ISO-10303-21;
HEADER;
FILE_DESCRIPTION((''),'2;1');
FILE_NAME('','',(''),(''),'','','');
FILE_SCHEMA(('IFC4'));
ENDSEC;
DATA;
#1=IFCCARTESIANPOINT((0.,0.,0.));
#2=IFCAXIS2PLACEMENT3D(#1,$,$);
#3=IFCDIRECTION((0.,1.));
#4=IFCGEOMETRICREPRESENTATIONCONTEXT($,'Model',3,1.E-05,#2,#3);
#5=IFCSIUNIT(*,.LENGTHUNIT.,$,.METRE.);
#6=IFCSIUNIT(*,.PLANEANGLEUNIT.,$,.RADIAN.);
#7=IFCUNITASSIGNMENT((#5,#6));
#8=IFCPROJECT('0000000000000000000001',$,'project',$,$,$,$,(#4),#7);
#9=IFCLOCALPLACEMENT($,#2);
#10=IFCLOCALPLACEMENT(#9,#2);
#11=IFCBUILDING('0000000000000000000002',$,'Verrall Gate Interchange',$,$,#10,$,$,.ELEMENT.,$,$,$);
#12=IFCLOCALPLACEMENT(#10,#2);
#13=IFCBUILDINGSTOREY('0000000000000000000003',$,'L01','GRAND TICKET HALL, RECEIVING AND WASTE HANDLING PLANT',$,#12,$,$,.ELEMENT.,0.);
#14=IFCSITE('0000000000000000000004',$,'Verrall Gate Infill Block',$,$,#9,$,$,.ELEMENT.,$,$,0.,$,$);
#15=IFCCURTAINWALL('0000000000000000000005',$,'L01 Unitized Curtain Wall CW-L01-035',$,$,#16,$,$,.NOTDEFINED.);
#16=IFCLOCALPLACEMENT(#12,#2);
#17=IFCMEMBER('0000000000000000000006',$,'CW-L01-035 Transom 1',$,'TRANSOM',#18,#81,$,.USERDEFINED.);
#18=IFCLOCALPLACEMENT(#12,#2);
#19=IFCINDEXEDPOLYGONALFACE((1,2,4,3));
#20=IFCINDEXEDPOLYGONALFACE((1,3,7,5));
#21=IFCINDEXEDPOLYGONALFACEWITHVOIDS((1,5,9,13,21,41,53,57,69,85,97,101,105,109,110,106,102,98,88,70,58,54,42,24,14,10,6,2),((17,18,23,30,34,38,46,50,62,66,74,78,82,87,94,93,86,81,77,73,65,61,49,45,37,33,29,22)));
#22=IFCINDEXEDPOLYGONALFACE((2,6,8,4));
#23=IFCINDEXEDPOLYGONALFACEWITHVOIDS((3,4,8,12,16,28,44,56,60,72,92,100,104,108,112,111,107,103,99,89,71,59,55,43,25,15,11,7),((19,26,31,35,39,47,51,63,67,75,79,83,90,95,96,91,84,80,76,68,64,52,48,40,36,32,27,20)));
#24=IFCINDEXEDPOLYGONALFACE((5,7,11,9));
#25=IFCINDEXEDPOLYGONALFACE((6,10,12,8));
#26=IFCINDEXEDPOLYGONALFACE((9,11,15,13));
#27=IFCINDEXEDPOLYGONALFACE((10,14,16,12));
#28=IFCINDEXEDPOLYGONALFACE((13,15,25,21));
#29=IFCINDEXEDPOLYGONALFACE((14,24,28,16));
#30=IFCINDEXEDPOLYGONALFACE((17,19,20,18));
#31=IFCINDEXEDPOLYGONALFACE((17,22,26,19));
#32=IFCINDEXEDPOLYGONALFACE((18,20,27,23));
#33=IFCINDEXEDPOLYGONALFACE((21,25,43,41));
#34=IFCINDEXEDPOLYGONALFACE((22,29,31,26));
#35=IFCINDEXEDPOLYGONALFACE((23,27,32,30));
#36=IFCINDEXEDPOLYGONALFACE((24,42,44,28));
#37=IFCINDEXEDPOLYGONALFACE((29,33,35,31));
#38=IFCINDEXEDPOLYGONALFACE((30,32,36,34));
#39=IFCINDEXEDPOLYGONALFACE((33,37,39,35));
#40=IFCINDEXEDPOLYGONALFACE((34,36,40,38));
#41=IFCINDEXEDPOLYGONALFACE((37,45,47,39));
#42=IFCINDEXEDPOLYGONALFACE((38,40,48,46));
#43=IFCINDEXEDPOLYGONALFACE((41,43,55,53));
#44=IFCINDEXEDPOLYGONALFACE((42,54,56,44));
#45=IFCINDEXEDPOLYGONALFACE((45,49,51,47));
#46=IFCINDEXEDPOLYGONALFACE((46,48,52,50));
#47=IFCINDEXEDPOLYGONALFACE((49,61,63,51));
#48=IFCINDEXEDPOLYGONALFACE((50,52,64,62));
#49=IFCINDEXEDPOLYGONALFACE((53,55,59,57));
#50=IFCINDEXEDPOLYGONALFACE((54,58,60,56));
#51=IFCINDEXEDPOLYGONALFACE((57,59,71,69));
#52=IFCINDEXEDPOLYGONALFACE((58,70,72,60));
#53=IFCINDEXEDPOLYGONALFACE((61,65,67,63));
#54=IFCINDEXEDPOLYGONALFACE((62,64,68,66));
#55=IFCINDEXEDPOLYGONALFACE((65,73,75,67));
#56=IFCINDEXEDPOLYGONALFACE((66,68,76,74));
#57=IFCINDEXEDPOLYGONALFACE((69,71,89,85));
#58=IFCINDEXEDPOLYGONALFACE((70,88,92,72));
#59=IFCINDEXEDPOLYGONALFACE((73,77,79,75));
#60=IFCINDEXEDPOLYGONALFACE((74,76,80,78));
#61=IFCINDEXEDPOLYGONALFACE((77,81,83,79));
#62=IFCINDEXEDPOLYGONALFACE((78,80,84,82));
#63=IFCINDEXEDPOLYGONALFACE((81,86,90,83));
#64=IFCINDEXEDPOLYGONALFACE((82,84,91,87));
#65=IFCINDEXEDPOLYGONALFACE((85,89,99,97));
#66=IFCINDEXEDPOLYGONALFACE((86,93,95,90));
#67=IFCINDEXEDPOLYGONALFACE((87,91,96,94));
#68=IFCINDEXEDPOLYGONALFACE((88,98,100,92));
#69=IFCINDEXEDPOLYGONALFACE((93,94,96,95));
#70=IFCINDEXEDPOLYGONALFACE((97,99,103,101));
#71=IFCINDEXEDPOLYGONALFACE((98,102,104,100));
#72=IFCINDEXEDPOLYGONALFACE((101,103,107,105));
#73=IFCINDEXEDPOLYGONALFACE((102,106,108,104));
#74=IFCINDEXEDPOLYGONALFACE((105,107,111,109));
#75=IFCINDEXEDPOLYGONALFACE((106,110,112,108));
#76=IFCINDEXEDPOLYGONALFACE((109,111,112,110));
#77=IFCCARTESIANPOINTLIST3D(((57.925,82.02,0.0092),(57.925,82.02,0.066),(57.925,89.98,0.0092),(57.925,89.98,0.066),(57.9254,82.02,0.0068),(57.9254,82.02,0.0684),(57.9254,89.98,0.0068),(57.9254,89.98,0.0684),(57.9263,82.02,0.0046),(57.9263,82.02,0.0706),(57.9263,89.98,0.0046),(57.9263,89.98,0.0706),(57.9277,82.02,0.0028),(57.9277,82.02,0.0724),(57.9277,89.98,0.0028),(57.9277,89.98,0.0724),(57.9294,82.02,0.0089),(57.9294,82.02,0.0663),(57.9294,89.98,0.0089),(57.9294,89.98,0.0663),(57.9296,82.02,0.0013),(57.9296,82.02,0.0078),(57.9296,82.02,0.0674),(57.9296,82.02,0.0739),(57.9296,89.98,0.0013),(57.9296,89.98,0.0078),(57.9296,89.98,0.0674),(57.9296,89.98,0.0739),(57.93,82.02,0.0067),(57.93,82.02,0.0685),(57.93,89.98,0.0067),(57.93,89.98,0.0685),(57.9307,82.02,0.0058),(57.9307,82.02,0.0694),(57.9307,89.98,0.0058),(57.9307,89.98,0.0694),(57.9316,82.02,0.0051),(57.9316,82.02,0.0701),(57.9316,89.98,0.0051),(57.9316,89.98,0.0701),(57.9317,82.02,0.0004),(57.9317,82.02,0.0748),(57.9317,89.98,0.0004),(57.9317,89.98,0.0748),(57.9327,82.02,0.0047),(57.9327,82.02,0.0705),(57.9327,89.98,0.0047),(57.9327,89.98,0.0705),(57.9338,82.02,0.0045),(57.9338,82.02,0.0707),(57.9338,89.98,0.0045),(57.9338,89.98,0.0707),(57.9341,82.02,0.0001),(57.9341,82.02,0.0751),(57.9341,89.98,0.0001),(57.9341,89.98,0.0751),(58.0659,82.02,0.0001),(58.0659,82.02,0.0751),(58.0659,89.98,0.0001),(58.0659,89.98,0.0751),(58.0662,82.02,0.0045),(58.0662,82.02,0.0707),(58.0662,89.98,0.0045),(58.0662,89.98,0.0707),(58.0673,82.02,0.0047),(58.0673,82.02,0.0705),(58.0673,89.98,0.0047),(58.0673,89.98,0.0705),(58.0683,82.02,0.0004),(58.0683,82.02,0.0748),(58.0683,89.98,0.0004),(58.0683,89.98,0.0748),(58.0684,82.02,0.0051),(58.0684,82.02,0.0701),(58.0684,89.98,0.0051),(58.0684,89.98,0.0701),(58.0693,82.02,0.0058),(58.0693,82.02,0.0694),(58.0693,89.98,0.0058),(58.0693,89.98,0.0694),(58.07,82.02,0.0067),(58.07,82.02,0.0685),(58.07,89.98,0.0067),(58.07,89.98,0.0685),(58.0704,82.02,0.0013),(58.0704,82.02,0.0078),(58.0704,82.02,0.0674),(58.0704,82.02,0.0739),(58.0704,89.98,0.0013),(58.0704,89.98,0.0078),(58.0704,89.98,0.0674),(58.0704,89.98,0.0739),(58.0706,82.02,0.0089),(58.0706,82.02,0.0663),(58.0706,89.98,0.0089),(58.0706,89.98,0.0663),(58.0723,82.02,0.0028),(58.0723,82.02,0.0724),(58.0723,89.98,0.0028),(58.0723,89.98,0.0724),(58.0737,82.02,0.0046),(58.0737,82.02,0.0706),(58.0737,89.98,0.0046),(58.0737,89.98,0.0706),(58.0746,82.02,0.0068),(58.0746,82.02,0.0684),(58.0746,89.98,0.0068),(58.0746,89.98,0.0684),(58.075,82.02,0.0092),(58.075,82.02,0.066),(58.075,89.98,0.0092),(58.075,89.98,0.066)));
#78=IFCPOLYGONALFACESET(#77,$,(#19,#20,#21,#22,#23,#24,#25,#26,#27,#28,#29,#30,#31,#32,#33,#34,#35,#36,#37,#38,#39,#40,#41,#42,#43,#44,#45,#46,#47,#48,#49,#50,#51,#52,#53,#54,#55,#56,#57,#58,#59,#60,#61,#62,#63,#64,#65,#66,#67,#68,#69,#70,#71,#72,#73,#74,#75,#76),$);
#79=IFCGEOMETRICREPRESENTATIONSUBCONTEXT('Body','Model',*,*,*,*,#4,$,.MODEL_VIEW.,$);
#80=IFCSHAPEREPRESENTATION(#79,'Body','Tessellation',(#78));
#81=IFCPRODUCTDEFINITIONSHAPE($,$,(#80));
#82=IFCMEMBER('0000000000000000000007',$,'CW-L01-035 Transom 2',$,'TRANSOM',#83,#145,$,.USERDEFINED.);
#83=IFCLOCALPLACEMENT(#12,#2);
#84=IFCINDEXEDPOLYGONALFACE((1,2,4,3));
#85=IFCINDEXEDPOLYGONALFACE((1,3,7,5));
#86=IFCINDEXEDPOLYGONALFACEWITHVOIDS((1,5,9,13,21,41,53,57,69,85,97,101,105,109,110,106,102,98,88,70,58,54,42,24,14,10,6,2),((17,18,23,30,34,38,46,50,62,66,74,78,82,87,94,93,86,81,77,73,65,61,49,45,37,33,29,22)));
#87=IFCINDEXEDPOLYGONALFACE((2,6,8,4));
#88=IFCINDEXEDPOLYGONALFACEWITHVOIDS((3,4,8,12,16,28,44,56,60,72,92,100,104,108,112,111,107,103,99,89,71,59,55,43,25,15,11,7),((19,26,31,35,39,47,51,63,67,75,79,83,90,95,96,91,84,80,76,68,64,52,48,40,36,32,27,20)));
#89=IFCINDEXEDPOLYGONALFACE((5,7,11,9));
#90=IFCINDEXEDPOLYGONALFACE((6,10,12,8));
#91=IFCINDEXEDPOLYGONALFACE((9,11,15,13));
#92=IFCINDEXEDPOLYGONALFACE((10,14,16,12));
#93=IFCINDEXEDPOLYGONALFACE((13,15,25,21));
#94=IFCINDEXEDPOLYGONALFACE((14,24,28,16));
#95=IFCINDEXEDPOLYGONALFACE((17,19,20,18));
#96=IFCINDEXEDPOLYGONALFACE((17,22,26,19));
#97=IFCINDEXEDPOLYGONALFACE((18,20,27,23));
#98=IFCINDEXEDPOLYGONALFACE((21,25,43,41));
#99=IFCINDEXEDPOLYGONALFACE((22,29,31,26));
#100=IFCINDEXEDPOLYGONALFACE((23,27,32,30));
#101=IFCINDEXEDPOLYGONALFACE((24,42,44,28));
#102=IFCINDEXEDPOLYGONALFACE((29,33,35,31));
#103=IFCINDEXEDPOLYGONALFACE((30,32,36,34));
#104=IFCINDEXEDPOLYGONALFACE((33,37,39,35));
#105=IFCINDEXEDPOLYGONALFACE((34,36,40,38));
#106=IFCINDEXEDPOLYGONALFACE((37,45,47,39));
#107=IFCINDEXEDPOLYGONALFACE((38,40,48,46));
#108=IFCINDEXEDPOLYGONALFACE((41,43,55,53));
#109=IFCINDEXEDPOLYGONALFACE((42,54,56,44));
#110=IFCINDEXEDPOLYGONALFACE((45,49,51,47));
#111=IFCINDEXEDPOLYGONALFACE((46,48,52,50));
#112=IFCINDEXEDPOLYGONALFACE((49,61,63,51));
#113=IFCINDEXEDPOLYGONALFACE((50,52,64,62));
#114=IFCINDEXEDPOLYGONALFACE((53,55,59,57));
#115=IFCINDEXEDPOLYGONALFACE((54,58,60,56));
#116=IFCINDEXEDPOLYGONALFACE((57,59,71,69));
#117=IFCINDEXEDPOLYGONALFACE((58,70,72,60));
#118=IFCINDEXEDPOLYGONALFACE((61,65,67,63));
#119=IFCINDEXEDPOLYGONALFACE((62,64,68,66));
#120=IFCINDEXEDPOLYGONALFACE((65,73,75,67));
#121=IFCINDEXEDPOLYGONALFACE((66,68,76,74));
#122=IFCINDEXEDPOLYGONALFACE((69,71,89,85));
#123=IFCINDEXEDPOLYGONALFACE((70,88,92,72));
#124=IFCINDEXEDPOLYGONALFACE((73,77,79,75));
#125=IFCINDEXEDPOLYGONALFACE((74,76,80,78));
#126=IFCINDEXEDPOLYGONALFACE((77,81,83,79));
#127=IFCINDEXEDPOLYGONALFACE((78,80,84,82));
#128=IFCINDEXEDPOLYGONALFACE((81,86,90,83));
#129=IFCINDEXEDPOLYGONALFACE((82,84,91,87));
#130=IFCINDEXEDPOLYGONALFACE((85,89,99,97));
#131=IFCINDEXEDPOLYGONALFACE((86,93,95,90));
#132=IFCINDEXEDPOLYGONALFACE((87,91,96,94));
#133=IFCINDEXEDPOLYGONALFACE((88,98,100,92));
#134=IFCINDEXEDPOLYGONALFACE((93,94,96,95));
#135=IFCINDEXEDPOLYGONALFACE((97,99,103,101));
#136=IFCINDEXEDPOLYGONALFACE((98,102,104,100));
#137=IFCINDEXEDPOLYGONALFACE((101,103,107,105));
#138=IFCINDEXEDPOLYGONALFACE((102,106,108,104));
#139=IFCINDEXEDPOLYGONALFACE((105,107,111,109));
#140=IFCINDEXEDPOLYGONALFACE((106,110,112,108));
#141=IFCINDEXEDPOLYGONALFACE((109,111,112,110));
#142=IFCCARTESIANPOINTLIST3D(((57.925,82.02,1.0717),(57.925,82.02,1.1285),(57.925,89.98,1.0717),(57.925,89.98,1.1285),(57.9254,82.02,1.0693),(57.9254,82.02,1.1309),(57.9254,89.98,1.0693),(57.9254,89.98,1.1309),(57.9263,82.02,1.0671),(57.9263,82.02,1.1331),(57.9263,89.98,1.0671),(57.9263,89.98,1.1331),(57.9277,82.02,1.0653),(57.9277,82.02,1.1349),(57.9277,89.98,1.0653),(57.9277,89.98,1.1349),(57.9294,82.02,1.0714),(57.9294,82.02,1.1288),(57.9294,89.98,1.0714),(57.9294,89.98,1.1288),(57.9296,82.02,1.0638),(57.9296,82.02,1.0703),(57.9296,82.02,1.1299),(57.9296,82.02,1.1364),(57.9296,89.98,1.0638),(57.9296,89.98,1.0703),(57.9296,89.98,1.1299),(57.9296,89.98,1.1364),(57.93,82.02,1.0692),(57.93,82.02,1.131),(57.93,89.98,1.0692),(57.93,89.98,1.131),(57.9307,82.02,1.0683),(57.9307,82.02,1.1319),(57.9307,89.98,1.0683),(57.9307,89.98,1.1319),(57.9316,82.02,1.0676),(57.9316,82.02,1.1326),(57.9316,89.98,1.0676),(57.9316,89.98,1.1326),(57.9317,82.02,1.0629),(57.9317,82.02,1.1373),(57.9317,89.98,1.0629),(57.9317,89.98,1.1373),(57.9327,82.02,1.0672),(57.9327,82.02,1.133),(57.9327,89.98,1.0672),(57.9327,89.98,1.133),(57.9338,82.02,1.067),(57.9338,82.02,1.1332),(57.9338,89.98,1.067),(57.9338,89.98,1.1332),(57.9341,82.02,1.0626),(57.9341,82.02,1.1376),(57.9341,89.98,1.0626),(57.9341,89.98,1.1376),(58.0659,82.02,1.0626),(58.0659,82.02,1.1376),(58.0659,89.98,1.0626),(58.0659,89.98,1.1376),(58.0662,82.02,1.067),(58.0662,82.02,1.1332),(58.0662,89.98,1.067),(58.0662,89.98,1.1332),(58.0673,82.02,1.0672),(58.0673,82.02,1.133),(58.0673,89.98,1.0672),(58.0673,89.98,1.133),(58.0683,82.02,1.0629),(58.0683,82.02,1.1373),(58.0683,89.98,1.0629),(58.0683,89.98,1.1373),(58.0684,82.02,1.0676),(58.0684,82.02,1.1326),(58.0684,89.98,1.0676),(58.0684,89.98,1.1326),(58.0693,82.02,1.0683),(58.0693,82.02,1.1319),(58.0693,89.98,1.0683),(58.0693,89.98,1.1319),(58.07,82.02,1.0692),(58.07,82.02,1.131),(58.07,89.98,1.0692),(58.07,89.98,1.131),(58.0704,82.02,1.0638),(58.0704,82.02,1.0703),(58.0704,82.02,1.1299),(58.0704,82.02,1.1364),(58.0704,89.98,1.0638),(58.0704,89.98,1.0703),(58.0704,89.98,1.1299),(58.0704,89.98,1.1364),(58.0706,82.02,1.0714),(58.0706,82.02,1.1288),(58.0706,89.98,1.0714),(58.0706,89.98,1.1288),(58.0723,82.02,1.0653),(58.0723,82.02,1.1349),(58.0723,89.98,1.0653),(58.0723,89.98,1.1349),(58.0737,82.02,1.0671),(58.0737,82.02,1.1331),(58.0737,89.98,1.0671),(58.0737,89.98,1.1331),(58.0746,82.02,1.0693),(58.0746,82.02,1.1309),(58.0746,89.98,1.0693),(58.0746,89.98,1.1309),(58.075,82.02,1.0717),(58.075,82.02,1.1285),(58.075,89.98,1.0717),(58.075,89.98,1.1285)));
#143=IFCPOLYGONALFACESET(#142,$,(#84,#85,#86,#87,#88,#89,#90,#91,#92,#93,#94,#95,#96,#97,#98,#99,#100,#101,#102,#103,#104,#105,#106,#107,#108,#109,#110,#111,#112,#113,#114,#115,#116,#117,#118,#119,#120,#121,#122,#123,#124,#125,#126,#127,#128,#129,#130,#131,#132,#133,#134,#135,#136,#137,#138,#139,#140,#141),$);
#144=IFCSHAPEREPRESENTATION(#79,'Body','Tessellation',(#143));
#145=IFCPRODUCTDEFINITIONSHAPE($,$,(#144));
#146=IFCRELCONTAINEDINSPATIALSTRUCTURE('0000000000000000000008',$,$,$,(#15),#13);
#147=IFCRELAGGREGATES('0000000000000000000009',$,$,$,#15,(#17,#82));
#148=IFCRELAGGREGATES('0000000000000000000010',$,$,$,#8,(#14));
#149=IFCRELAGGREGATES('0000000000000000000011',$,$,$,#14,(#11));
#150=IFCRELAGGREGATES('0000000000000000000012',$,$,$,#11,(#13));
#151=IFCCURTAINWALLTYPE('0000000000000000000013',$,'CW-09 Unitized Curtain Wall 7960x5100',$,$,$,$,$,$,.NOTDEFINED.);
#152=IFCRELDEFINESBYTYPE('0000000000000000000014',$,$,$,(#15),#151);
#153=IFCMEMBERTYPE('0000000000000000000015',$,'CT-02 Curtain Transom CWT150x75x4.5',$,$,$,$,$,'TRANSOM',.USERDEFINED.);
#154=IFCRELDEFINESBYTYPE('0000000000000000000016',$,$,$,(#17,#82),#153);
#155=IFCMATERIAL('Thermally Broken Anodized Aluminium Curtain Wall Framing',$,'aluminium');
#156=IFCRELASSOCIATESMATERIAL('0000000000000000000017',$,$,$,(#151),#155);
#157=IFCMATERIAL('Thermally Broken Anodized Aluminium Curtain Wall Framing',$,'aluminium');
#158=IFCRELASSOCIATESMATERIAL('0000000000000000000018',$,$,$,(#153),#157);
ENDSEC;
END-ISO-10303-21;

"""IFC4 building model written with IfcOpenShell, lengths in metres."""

from ifc_helpers import new_model, si_unit, direction, frame, origin, origin_2d, place, context, subcontext, project, spatial, hollow_rectangle, extrude, material, material_profile, profile_set, type_object, element, aggregate, save


model = new_model("IFC4")

# Units and contexts
model_context = context("Model", 3, precision=1e-05, world=origin(), true_north=direction((0.0, 1.0)))
body_context = subcontext(model_context, "Body", "Model", "MODEL_VIEW")
ifc_project = project(units=[si_unit("LENGTHUNIT", "METRE"), si_unit("PLANEANGLEUNIT", "RADIAN")], contexts=[model_context])

# Site, building, storey
site_placement = place(None, origin())
site = spatial("IfcSite", under=ifc_project, at=site_placement, Name="Verrall Gate Infill Block", CompositionType="ELEMENT", RefElevation=0.0)
building_placement = place(site_placement, origin())
building = spatial("IfcBuilding", under=site, at=building_placement, Name="Verrall Gate Interchange", CompositionType="ELEMENT")
storey_placement = place(building_placement, origin())
storey = spatial("IfcBuildingStorey", under=building, at=storey_placement, Name="L01", Description="GRAND TICKET HALL, RECEIVING AND WASTE HANDLING PLANT", CompositionType="ELEMENT", Elevation=0.0)

# Curtain wall
ifc_material_1 = material(Name="Thermally Broken Anodized Aluminium Curtain Wall Framing", Category="aluminium")
curtain_wall_type_1 = type_object("IfcCurtainWallType", Name="CW-09 Unitized Curtain Wall 7960x5100", PredefinedType="NOTDEFINED", material=ifc_material_1)
curtain_wall_1_placement = place(storey_placement, origin())
curtain_wall_1 = element("IfcCurtainWall", 1, at=curtain_wall_1_placement, inside=storey, type_object=curtain_wall_type_1, Name="L01 Unitized Curtain Wall CW-L01-035", PredefinedType="NOTDEFINED")

# Members
ifc_material_2 = material(Name="Thermally Broken Anodized Aluminium Curtain Wall Framing", Category="aluminium")
ifc_material_profile_1 = material_profile(ifc_material_2, hollow_rectangle(XDim=0.1499, YDim=0.075, WallThickness=0.0044, InnerFilletRadius=0.0044, OuterFilletRadius=0.009, at=origin_2d()), Name="CWT150x75x4.5")
ifc_profile_set_1 = profile_set([ifc_material_profile_1], Name="Thermally Broken Anodized Aluminium Curtain Wall Framing")
member_type_1 = type_object("IfcMemberType", Name="CT-02 Curtain Transom CWT150x75x4.5", ElementType="TRANSOM", PredefinedType="USERDEFINED", material=ifc_profile_set_1)
member_1_placement = place(storey_placement, frame((58.0, 89.98, 0.0376), z_axis=(0.0, -1.0, 0.0), x_axis=(1.0, 0.0, 0.0)))
member_1 = element("IfcMember", 2, at=member_1_placement, type_object=member_type_1, Name="CW-L01-035 Transom 1", ObjectType="TRANSOM", PredefinedType="USERDEFINED", context=body_context, shape_type="SweptSolid", body=[
    extrude(hollow_rectangle(XDim=0.1499, YDim=0.075, WallThickness=0.0044, InnerFilletRadius=0.0044, OuterFilletRadius=0.009, at=origin_2d()), origin(), (0.0, 0.0, 1.0), 7.96),
])
member_2_placement = place(storey_placement, frame((58.0, 89.98, 1.1001), z_axis=(0.0, -1.0, 0.0), x_axis=(1.0, 0.0, 0.0)))
member_2 = element("IfcMember", 3, at=member_2_placement, type_object=member_type_1, Name="CW-L01-035 Transom 2", ObjectType="TRANSOM", PredefinedType="USERDEFINED", context=body_context, shape_type="SweptSolid", body=[
    extrude(hollow_rectangle(XDim=0.1499, YDim=0.075, WallThickness=0.0044, InnerFilletRadius=0.0044, OuterFilletRadius=0.009, at=origin_2d()), origin(), (0.0, 0.0, 1.0), 7.96),
])
aggregate(curtain_wall_1, [member_1, member_2])

save(model, "model.ifc")
